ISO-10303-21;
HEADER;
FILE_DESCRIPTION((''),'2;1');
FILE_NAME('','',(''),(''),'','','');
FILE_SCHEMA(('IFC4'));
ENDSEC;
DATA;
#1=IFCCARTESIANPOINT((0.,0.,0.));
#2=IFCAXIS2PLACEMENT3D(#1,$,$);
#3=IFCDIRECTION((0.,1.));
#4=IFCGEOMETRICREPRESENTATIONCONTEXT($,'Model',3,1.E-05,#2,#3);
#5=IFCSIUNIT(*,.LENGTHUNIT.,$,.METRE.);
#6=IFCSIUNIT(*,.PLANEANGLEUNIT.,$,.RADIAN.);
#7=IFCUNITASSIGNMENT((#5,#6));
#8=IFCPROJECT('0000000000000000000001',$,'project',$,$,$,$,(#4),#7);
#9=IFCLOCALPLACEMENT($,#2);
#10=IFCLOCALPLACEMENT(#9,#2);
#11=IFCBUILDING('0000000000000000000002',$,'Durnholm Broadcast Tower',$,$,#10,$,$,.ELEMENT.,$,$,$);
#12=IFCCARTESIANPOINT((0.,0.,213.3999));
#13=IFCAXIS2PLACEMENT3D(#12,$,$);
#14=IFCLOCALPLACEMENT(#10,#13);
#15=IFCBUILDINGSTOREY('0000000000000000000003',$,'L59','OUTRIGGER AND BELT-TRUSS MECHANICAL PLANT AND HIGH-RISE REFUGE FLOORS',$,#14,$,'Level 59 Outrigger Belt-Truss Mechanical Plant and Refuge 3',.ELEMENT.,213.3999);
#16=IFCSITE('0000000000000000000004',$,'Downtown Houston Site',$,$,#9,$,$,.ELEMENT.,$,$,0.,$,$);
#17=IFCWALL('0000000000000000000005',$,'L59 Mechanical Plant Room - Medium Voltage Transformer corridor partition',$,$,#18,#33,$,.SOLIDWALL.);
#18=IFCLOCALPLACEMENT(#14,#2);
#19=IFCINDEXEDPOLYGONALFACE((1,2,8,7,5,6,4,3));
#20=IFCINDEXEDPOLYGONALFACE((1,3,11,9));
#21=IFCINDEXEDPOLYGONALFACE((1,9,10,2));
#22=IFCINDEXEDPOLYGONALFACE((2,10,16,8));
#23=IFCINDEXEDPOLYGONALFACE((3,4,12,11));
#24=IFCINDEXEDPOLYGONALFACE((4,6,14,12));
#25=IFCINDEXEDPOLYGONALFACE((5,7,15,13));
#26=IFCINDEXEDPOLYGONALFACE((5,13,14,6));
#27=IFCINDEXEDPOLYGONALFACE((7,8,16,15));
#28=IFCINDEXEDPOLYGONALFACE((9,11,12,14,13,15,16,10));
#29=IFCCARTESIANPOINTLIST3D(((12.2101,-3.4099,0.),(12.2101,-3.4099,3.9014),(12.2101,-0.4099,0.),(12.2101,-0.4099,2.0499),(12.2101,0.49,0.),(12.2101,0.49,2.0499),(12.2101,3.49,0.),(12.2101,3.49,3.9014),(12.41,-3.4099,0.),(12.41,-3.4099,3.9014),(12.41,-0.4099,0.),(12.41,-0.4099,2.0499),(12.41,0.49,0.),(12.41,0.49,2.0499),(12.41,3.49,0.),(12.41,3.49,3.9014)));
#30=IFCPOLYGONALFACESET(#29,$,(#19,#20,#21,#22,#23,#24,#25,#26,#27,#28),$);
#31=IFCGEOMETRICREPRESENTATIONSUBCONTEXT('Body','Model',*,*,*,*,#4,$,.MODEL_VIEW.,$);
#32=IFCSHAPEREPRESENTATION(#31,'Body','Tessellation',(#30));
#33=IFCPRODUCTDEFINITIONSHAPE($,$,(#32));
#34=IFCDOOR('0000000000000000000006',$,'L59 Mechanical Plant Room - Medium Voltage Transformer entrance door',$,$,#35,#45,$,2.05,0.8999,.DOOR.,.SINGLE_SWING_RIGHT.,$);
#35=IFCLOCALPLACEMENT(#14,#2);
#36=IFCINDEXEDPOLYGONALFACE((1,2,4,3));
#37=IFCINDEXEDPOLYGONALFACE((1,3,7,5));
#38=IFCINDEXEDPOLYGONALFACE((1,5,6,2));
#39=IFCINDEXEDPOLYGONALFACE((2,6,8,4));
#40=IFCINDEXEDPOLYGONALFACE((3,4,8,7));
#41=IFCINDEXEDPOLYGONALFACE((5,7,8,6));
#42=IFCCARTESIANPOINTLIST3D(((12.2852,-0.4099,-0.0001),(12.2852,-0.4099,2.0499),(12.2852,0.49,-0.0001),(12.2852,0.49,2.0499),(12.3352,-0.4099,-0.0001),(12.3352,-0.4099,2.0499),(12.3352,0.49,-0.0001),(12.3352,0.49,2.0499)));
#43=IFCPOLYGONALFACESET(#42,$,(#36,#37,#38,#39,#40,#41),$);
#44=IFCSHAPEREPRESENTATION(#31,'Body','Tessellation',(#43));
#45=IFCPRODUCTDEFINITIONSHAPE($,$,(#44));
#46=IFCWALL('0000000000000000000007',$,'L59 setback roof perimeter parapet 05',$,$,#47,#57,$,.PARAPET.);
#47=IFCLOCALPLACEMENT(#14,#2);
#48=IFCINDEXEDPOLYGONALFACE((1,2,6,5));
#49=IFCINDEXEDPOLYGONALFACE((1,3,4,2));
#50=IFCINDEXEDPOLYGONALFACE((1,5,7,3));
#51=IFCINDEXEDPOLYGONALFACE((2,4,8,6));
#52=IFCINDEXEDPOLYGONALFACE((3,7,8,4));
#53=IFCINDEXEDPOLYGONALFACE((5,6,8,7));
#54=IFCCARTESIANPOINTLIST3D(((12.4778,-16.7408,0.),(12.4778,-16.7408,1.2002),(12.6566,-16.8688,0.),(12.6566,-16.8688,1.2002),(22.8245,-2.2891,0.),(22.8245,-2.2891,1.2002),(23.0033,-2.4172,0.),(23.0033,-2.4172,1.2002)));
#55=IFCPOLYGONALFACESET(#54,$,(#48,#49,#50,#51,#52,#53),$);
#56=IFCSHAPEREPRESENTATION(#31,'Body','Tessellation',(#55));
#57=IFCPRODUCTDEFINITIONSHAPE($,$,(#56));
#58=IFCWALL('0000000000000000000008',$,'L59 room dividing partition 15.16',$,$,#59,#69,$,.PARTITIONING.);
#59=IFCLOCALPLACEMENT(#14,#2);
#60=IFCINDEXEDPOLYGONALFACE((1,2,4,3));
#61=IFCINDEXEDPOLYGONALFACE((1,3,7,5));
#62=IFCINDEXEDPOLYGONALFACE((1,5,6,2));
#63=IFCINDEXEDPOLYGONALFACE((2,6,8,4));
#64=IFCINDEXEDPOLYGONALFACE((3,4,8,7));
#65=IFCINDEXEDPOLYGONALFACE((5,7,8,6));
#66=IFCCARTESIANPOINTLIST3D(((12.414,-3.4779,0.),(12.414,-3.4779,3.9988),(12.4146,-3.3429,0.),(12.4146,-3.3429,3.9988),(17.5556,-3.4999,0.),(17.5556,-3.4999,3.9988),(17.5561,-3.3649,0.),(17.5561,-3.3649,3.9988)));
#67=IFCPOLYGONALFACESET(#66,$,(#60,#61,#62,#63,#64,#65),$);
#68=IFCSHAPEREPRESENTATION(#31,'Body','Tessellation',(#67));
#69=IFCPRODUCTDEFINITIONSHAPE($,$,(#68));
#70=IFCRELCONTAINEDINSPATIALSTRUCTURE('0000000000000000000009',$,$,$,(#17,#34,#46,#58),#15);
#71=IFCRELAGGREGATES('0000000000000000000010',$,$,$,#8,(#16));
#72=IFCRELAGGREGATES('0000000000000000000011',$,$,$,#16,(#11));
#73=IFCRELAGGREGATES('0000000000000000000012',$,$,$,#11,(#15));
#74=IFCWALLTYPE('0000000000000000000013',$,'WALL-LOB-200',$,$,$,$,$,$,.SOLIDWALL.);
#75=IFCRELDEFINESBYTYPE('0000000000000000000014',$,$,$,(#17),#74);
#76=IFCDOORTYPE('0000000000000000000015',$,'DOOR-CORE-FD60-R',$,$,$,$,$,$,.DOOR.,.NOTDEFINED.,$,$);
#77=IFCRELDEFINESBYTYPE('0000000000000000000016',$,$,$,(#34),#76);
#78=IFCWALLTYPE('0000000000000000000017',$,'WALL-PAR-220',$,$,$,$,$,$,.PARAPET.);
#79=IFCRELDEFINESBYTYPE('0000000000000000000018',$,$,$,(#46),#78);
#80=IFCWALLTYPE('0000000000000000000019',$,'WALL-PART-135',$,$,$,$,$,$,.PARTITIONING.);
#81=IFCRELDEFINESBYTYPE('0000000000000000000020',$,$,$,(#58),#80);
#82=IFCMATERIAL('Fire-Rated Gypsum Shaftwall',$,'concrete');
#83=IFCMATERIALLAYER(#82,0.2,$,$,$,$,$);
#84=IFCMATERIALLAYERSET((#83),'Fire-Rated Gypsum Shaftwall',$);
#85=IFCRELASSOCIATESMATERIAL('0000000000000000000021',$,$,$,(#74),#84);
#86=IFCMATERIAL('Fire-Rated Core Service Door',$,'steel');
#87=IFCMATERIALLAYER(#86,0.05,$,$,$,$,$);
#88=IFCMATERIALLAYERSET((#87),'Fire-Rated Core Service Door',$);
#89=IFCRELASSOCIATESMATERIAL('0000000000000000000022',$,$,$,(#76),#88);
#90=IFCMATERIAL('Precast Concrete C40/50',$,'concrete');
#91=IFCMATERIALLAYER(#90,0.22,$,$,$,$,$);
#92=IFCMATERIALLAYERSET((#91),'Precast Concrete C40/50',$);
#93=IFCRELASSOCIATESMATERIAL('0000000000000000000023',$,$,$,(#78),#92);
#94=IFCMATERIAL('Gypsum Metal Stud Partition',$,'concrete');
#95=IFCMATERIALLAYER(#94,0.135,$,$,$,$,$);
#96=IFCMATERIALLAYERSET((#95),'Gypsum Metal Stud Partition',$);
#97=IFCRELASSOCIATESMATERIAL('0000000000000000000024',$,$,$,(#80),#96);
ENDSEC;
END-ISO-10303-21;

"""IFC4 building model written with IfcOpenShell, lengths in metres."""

from ifc_helpers import new_model, si_unit, direction, frame, frame_2d, origin, place, context, subcontext, project, spatial, rectangle, extrude, source, transform, mapped, material, layer, layer_set, type_object, type_shapes, element, fill, save


model = new_model("IFC4")

# Units and contexts
model_context = context("Model", 3, precision=1e-05, world=origin(), true_north=direction((0.0, 1.0)))
body_context = subcontext(model_context, "Body", "Model", "MODEL_VIEW")
ifc_project = project(units=[si_unit("LENGTHUNIT", "METRE"), si_unit("PLANEANGLEUNIT", "RADIAN")], contexts=[model_context])

# Site, building, storey
site_placement = place(None, origin())
site = spatial("IfcSite", under=ifc_project, at=site_placement, Name="Downtown Houston Site", CompositionType="ELEMENT", RefElevation=0.0)
building_placement = place(site_placement, origin())
building = spatial("IfcBuilding", under=site, at=building_placement, Name="Durnholm Broadcast Tower", CompositionType="ELEMENT")
storey_placement = place(building_placement, frame((0.0, 0.0, 213.3999)))
storey = spatial("IfcBuildingStorey", under=building, at=storey_placement, Name="L59", Description="OUTRIGGER AND BELT-TRUSS MECHANICAL PLANT AND HIGH-RISE REFUGE FLOORS", LongName="Level 59 Outrigger Belt-Truss Mechanical Plant and Refuge 3", CompositionType="ELEMENT", Elevation=213.3999)

# Wall, opening, door
ifc_material_1 = material(Name="Fire-Rated Gypsum Shaftwall", Category="concrete")
ifc_layer_1 = layer(ifc_material_1, 0.2)
ifc_layer_set_1 = layer_set([ifc_layer_1], Name="Fire-Rated Gypsum Shaftwall")
wall_type_1 = type_object("IfcWallType", Name="WALL-LOB-200", PredefinedType="SOLIDWALL", material=ifc_layer_set_1)
wall_1_placement = place(storey_placement, frame((12.3101, -3.4099, 0.0), z_axis=(0.0, 0.0, 1.0), x_axis=(0.0, 1.0, 0.0)))
wall_1 = element("IfcWall", 1, at=wall_1_placement, inside=storey, type_object=wall_type_1, Name="L59 Mechanical Plant Room - Medium Voltage Transformer corridor partition", PredefinedType="SOLIDWALL", context=body_context, shape_type="SweptSolid", body=[
    extrude(rectangle(XDim=6.8999, YDim=0.2, at=frame_2d((3.45, 0.0))), origin(), (0.0, 0.0, 1.0), 3.9014),
])
opening_placement = place(wall_1_placement, frame((3.0, 0.0, 0.0)))
opening = element("IfcOpeningElement", 2, at=opening_placement, cuts=wall_1, PredefinedType="OPENING", context=body_context, shape_type="SweptSolid", body=[
    extrude(rectangle(XDim=0.8999, YDim=2.05, at=frame_2d((0.45, 1.0249))), frame((0.0, 0.1099, 0.0), z_axis=(0.0, -1.0, 0.0), x_axis=(1.0, 0.0, 0.0)), (0.0, 0.0, 1.0), 0.22),
])
ifc_material_2 = material(Name="Fire-Rated Core Service Door", Category="steel")
ifc_layer_2 = layer(ifc_material_2, 0.05)
ifc_layer_set_2 = layer_set([ifc_layer_2], Name="Fire-Rated Core Service Door")
door_type = type_object("IfcDoorType", Name="DOOR-CORE-FD60-R", OperationType="NOTDEFINED", PredefinedType="DOOR", material=ifc_layer_set_2)
shared_shape_1 = source(origin(), body_context, "Body", "SweptSolid", [
    extrude(rectangle(XDim=0.8999, YDim=2.05, at=frame_2d((0.45, 1.0249))), frame((0.0, 0.0249, 0.0), z_axis=(0.0, -1.0, 0.0), x_axis=(1.0, 0.0, 0.0)), (0.0, 0.0, 1.0), 0.05),
])
type_shapes(door_type, [shared_shape_1])
door_placement = place(opening_placement, origin())
door = element("IfcDoor", 3, at=door_placement, inside=storey, type_object=door_type, Name="L59 Mechanical Plant Room - Medium Voltage Transformer entrance door", OperationType="SINGLE_SWING_RIGHT", OverallHeight=2.05, OverallWidth=0.8999, PredefinedType="DOOR", context=body_context, shape_type="MappedRepresentation", body=[
    mapped(shared_shape_1, transform((0.0, 0.0, 0.0), x_axis=(1.0, 0.0, 0.0), y_axis=(0.0, 1.0, 0.0), z_axis=(0.0, 0.0, 1.0), scale=1.0)),
])
fill(opening, door)

# Walls
ifc_material_3 = material(Name="Precast Concrete C40/50", Category="concrete")
ifc_layer_3 = layer(ifc_material_3, 0.22)
ifc_layer_set_3 = layer_set([ifc_layer_3], Name="Precast Concrete C40/50")
wall_type_2 = type_object("IfcWallType", Name="WALL-PAR-220", PredefinedType="PARAPET", material=ifc_layer_set_3)
wall_2_placement = place(storey_placement, frame((22.9138, -2.3533, 0.0), z_axis=(0.0, 0.0, 1.0), x_axis=(-0.582134, -0.813093, 0.0)))
element("IfcWall", 4, at=wall_2_placement, inside=storey, type_object=wall_type_2, Name="L59 setback roof perimeter parapet 05", PredefinedType="PARAPET", context=body_context, shape_type="SweptSolid", body=[
    extrude(rectangle(XDim=17.7737, YDim=0.22, at=frame_2d((8.8867, 0.0))), origin(), (0.0, 0.0, 1.0), 1.2002),
])
ifc_material_4 = material(Name="Gypsum Metal Stud Partition", Category="concrete")
ifc_layer_4 = layer(ifc_material_4, 0.135)
ifc_layer_set_4 = layer_set([ifc_layer_4], Name="Gypsum Metal Stud Partition")
wall_type_3 = type_object("IfcWallType", Name="WALL-PART-135", PredefinedType="PARTITIONING", material=ifc_layer_set_4)
wall_3_placement = place(storey_placement, frame((12.4143, -3.4104, 0.0), z_axis=(0.0, 0.0, 1.0), x_axis=(0.999991, -0.004273, 0.0)))
element("IfcWall", 5, at=wall_3_placement, inside=storey, type_object=wall_type_3, Name="L59 room dividing partition 15.16", PredefinedType="PARTITIONING", context=body_context, shape_type="SweptSolid", body=[
    extrude(rectangle(XDim=5.1416, YDim=0.135, at=frame_2d((2.5708, 0.0))), origin(), (0.0, 0.0, 1.0), 3.9988),
])

save(model, "model.ifc")
